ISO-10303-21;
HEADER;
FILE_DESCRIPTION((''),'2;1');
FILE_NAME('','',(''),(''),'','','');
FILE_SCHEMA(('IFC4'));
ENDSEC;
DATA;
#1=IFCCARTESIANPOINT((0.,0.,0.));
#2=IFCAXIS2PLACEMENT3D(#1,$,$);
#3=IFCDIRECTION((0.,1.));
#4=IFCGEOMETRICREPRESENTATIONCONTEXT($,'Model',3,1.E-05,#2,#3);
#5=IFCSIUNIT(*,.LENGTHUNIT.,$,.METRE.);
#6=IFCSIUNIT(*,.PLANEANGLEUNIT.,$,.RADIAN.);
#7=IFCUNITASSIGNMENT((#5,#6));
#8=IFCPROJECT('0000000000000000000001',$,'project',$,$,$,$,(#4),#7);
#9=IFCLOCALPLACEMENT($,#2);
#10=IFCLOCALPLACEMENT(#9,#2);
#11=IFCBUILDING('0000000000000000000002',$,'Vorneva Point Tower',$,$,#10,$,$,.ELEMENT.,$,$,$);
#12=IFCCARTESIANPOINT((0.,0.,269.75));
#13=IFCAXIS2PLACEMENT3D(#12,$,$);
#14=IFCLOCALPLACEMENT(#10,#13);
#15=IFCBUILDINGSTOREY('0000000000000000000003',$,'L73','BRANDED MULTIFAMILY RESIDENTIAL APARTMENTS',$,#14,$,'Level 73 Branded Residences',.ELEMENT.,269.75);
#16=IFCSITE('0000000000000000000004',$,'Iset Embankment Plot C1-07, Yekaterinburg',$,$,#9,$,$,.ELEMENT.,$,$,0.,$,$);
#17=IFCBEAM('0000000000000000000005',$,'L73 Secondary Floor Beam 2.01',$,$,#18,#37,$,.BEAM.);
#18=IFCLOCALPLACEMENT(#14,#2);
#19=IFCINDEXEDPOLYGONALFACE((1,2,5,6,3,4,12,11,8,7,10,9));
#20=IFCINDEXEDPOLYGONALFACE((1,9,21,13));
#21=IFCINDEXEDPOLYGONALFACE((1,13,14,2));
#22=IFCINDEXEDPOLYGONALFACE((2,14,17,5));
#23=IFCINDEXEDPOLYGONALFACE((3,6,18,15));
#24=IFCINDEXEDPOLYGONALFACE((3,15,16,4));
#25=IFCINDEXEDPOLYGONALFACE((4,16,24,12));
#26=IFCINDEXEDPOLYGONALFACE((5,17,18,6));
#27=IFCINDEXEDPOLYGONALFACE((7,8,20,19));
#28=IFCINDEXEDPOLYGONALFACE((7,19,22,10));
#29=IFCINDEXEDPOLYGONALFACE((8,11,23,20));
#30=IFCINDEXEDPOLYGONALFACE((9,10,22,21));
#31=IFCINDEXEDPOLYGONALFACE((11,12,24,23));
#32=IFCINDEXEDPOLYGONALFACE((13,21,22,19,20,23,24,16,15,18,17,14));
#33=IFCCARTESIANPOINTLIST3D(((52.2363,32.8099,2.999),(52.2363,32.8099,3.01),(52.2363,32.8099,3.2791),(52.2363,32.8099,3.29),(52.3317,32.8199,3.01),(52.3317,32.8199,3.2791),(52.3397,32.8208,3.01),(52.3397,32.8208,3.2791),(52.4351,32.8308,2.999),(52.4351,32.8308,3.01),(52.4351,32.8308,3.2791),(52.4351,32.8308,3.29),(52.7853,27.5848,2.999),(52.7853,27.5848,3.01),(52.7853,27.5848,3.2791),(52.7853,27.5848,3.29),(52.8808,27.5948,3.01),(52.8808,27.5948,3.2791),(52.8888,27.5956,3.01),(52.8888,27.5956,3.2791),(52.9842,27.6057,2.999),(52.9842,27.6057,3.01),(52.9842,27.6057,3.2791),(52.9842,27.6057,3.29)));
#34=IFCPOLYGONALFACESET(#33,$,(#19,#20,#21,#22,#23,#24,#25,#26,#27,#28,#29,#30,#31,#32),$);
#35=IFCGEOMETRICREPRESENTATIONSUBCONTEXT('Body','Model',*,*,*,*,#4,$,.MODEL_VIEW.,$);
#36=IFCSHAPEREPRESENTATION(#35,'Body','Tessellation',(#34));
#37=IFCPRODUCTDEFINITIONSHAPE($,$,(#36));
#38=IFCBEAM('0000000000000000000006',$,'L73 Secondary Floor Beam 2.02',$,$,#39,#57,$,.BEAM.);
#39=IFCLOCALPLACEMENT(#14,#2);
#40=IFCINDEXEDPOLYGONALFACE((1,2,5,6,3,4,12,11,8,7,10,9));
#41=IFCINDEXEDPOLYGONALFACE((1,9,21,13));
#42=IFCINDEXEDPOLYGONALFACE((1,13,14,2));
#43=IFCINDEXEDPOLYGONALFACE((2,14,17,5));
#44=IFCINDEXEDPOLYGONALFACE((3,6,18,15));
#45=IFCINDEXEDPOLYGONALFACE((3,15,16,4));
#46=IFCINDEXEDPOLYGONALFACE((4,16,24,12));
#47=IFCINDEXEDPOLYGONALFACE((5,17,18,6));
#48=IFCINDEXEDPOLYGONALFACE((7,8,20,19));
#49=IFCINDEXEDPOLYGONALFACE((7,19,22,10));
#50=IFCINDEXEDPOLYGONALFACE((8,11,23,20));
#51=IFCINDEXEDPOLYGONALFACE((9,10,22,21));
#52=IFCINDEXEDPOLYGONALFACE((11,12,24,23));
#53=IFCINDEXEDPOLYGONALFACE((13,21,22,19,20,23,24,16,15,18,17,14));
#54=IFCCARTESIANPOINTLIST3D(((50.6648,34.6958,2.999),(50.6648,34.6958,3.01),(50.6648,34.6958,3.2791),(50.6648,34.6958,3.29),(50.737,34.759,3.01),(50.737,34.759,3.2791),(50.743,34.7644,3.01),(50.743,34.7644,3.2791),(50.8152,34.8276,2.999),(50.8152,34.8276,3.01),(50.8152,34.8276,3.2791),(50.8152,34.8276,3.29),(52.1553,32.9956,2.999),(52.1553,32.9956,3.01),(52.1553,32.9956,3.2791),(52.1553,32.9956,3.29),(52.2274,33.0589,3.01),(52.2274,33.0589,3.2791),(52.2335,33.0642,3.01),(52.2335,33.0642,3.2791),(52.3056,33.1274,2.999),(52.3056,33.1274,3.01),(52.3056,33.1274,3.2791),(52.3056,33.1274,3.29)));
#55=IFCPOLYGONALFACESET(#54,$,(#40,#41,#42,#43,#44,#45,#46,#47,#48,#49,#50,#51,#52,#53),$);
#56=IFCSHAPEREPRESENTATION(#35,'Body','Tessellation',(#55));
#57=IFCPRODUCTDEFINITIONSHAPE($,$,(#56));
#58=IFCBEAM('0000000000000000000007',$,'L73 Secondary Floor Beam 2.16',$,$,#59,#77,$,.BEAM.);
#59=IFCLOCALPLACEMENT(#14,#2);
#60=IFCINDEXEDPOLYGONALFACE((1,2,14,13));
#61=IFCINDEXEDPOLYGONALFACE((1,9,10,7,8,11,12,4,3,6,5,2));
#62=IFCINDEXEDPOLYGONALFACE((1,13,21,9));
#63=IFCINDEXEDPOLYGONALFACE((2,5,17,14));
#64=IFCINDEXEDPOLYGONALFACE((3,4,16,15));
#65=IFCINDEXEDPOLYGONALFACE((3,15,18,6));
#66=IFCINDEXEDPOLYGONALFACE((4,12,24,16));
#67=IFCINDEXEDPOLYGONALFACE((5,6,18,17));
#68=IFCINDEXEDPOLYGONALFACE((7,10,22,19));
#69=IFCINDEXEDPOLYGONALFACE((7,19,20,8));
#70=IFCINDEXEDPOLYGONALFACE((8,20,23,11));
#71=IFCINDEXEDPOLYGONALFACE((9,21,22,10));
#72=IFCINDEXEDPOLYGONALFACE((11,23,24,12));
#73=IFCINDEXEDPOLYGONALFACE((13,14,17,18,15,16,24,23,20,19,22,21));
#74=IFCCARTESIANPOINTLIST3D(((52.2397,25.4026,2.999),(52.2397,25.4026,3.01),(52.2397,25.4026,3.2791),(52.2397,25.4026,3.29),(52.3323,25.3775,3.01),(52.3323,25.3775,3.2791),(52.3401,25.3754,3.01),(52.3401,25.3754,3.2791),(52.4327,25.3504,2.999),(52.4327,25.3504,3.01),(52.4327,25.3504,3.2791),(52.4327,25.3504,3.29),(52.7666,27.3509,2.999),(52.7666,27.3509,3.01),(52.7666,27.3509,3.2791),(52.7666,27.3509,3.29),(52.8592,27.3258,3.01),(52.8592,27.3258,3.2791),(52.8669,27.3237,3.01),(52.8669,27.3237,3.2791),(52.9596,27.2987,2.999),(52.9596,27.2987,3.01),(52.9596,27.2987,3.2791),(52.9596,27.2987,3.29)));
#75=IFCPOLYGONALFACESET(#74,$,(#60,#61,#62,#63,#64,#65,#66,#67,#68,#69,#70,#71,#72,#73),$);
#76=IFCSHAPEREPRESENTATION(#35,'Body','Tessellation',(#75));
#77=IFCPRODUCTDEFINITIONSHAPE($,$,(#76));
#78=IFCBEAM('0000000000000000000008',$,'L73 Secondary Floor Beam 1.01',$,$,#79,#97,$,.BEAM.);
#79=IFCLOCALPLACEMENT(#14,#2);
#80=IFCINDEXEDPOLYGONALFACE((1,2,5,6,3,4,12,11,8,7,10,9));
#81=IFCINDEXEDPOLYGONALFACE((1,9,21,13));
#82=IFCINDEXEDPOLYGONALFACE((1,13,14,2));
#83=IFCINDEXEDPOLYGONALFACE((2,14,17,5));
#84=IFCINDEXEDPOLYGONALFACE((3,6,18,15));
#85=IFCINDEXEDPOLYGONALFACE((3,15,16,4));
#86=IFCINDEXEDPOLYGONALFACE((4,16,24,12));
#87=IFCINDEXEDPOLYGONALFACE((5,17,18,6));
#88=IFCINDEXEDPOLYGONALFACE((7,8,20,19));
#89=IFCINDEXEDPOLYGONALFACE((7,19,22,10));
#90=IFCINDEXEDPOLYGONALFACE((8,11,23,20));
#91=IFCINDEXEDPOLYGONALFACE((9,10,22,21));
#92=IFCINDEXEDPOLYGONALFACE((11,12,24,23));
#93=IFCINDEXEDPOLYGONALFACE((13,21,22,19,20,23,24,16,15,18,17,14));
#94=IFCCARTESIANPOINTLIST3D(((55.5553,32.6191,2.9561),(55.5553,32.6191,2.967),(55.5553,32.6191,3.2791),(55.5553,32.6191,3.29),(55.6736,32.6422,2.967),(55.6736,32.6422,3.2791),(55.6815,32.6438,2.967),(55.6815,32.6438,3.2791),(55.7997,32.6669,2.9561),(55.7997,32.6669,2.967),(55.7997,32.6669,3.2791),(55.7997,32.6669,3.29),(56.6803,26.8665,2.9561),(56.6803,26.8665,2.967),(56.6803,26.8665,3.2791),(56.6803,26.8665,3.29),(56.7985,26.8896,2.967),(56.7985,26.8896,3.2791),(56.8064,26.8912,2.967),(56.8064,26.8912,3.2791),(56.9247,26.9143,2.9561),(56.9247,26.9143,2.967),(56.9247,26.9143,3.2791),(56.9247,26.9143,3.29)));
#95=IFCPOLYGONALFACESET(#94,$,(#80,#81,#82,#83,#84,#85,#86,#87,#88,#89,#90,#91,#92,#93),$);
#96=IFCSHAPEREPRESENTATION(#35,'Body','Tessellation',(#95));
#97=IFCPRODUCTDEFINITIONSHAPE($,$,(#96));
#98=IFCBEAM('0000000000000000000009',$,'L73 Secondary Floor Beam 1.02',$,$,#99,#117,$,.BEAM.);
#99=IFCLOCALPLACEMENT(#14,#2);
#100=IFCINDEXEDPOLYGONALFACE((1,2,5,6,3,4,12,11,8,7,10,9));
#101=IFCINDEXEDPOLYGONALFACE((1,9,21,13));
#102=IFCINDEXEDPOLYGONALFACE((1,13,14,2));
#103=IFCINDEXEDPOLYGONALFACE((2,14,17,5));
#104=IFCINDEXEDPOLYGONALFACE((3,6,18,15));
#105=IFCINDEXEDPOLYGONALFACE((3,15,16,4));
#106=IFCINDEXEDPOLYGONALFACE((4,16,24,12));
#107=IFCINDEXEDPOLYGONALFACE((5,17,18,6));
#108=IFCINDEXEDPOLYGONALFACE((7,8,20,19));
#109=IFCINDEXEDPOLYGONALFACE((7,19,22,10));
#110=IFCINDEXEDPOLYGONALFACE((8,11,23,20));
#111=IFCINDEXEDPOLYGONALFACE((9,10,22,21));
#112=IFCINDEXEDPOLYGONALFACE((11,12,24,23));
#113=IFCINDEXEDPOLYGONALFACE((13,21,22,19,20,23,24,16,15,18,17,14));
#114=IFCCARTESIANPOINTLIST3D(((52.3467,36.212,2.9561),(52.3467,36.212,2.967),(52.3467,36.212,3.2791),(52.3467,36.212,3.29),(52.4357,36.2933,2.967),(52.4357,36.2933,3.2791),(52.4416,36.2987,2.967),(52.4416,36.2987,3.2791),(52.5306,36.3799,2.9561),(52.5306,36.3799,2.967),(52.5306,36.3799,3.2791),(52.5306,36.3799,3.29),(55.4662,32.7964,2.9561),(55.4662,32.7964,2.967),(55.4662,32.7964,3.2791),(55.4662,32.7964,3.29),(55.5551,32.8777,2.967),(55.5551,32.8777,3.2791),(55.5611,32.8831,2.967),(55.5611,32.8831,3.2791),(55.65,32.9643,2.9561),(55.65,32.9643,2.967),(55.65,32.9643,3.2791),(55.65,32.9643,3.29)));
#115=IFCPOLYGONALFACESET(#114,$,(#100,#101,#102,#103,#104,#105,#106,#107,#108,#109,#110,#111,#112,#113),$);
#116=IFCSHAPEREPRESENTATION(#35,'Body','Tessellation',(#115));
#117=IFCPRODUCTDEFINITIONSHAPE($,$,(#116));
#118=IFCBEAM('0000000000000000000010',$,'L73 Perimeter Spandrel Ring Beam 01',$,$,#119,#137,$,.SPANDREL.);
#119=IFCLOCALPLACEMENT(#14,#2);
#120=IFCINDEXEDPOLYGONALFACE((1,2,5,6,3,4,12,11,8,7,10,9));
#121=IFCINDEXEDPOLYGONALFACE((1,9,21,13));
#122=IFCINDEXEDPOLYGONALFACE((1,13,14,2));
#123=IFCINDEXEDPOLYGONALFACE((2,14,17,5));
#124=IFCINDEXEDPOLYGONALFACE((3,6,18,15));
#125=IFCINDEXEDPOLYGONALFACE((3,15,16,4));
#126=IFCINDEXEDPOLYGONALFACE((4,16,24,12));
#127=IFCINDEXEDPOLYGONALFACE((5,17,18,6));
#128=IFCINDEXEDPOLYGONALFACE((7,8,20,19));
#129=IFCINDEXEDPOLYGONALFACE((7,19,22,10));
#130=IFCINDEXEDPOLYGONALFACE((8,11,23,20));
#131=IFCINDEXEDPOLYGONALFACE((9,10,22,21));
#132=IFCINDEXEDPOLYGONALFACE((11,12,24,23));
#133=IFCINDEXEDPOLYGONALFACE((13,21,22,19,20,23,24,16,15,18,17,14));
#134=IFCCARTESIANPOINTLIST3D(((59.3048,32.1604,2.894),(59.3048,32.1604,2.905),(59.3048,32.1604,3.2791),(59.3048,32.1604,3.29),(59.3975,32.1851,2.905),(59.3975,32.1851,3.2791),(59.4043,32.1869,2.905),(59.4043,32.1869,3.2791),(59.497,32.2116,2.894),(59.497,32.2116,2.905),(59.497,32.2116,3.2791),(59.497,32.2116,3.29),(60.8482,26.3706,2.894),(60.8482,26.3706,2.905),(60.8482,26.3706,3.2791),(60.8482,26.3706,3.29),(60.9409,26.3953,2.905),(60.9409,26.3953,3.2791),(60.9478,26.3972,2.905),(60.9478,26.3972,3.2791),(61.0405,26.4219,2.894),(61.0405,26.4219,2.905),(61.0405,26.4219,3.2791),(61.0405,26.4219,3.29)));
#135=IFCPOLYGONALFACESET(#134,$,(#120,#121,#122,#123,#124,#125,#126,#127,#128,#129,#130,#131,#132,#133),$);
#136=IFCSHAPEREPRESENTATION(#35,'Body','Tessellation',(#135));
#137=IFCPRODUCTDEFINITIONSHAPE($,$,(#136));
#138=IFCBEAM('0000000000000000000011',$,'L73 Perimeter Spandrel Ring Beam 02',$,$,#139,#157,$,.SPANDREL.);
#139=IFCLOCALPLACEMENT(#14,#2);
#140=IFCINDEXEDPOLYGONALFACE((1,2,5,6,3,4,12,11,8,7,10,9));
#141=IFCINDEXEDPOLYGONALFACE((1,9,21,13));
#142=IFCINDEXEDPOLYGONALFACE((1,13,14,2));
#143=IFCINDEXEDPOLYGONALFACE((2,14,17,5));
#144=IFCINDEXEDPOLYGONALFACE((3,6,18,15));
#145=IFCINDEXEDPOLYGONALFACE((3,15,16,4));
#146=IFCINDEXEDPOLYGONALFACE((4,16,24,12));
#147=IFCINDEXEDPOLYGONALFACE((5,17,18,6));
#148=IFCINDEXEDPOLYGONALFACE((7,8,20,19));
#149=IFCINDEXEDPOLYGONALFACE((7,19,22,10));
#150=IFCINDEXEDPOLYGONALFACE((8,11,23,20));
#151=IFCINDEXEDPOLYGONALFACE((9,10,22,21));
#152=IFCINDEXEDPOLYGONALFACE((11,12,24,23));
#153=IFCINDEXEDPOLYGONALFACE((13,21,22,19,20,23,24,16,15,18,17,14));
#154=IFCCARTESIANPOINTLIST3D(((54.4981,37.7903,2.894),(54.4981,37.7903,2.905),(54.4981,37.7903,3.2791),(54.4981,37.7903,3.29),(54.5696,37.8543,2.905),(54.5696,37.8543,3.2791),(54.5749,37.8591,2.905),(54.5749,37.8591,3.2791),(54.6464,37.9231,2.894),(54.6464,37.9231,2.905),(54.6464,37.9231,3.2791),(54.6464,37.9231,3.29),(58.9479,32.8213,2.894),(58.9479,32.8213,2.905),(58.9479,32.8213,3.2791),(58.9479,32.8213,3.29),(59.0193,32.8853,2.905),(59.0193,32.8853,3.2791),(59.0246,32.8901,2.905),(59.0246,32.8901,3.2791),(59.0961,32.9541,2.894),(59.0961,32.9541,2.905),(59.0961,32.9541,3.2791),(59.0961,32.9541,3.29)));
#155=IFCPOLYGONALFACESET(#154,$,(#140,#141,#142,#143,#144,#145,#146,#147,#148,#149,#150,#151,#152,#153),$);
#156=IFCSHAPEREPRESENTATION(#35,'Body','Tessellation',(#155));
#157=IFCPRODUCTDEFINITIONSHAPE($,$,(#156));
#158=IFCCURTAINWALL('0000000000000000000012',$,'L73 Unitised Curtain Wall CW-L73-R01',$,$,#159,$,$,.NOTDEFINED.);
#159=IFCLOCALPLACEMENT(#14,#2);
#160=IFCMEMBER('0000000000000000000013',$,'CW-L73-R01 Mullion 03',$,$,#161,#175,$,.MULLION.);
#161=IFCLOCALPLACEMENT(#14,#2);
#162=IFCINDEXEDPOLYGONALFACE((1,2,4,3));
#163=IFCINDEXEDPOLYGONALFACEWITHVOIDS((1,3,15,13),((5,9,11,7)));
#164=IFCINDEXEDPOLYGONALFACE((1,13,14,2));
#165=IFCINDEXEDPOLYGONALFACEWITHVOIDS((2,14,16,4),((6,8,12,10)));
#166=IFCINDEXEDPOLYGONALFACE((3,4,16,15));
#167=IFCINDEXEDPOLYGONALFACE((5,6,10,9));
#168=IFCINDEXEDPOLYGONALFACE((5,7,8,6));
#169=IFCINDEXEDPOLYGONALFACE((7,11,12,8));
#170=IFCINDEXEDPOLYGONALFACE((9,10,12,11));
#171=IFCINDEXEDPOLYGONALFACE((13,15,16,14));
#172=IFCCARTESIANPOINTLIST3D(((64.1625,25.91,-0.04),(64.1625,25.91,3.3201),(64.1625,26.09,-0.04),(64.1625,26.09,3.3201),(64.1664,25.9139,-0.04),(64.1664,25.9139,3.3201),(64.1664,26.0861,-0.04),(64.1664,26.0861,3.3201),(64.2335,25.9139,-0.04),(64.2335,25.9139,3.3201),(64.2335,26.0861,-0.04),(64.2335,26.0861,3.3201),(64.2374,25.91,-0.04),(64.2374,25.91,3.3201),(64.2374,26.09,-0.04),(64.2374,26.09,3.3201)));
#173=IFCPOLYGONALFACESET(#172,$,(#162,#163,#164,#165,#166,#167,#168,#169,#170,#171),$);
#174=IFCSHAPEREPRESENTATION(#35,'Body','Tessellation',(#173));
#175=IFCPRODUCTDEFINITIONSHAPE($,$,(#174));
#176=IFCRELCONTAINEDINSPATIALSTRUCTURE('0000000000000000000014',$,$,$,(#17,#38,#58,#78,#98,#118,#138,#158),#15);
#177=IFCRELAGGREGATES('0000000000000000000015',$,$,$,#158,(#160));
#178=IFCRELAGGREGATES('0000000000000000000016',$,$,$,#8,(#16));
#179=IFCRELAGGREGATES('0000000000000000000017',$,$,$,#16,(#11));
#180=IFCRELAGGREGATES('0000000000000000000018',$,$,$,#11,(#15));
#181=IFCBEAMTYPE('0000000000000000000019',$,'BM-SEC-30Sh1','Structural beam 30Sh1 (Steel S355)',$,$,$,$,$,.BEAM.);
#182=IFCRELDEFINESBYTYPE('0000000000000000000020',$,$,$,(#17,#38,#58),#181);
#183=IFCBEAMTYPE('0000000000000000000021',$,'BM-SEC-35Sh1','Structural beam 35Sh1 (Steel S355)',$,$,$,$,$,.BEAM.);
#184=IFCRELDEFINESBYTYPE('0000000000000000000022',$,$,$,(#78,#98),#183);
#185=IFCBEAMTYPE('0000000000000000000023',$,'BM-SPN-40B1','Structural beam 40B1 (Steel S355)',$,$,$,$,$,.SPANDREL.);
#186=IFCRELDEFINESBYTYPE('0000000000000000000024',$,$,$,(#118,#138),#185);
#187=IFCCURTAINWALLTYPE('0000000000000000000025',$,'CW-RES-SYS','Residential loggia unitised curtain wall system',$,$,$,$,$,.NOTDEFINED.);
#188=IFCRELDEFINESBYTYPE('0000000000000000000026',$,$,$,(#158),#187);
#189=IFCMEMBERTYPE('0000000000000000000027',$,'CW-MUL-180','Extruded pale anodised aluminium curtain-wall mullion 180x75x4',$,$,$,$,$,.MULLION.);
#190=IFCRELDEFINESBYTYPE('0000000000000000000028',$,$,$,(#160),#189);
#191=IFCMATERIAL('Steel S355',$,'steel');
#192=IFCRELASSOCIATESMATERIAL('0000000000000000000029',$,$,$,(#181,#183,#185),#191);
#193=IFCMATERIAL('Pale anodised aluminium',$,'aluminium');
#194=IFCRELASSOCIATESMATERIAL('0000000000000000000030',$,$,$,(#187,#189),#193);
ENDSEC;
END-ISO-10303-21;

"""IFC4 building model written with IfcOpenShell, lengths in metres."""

from ifc_helpers import new_model, si_unit, direction, frame, origin, origin_2d, place, context, subcontext, project, spatial, hollow_rectangle, i_section, extrude, material, material_profile, profile_set, type_object, element, aggregate, save


model = new_model("IFC4")

# Units and contexts
model_context = context("Model", 3, precision=1e-05, world=origin(), true_north=direction((0.0, 1.0)))
body_context = subcontext(model_context, "Body", "Model", "MODEL_VIEW")
ifc_project = project(units=[si_unit("LENGTHUNIT", "METRE"), si_unit("PLANEANGLEUNIT", "RADIAN")], contexts=[model_context])

# Site, building, storey
site_placement = place(None, origin())
site = spatial("IfcSite", under=ifc_project, at=site_placement, Name="Iset Embankment Plot C1-07, Yekaterinburg", CompositionType="ELEMENT", RefElevation=0.0)
building_placement = place(site_placement, origin())
building = spatial("IfcBuilding", under=site, at=building_placement, Name="Vorneva Point Tower", CompositionType="ELEMENT")
storey_placement = place(building_placement, frame((0.0, 0.0, 269.75)))
storey = spatial("IfcBuildingStorey", under=building, at=storey_placement, Name="L73", Description="BRANDED MULTIFAMILY RESIDENTIAL APARTMENTS", LongName="Level 73 Branded Residences", CompositionType="ELEMENT", Elevation=269.75)

# Beams
ifc_material_1 = material(Name="Steel S355", Category="steel")
ifc_material_profile_1 = material_profile(ifc_material_1, i_section(OverallWidth=0.2, OverallDepth=0.291, WebThickness=0.0081, FlangeThickness=0.011, at=origin_2d()), Name="30Sh1")
ifc_profile_set_1 = profile_set([ifc_material_profile_1], Name="Steel S355")
beam_type_1 = type_object("IfcBeamType", Name="BM-SEC-30Sh1", Description="Structural beam 30Sh1 (Steel S355)", PredefinedType="BEAM", material=ifc_profile_set_1)
beam_1_placement = place(storey_placement, frame((52.8848, 27.5952, 3.1445), z_axis=(-0.104508, 0.994524, 0.0), x_axis=(-0.994524, -0.104508, 0.0)))
element("IfcBeam", 1, at=beam_1_placement, inside=storey, type_object=beam_type_1, Name="L73 Secondary Floor Beam 2.01", PredefinedType="BEAM", context=body_context, shape_type="SweptSolid", body=[
    extrude(i_section(OverallWidth=0.2, OverallDepth=0.291, WebThickness=0.0081, FlangeThickness=0.011, at=origin_2d()), origin(), (0.0, 0.0, 1.0), 5.2539),
])
beam_2_placement = place(storey_placement, frame((52.2305, 33.0615, 3.1445), z_axis=(-0.659208, 0.751961, 0.0), x_axis=(-0.751961, -0.659208, 0.0)))
element("IfcBeam", 2, at=beam_2_placement, inside=storey, type_object=beam_type_1, Name="L73 Secondary Floor Beam 2.02", PredefinedType="BEAM", context=body_context, shape_type="SweptSolid", body=[
    extrude(i_section(OverallWidth=0.2, OverallDepth=0.291, WebThickness=0.0081, FlangeThickness=0.011, at=origin_2d()), origin(), (0.0, 0.0, 1.0), 2.261),
])
beam_3_placement = place(storey_placement, frame((52.3362, 25.3765, 3.1445), z_axis=(0.261049, 0.965326, 0.0), x_axis=(-0.965326, 0.261049, 0.0)))
element("IfcBeam", 3, at=beam_3_placement, inside=storey, type_object=beam_type_1, Name="L73 Secondary Floor Beam 2.16", PredefinedType="BEAM", context=body_context, shape_type="SweptSolid", body=[
    extrude(i_section(OverallWidth=0.2, OverallDepth=0.291, WebThickness=0.0081, FlangeThickness=0.011, at=origin_2d()), origin(), (0.0, 0.0, 1.0), 2.0183),
])
ifc_material_profile_2 = material_profile(ifc_material_1, i_section(OverallWidth=0.249, OverallDepth=0.334, WebThickness=0.0081, FlangeThickness=0.011, at=origin_2d()), Name="35Sh1")
ifc_profile_set_2 = profile_set([ifc_material_profile_2], Name="Steel S355")
beam_type_2 = type_object("IfcBeamType", Name="BM-SEC-35Sh1", Description="Structural beam 35Sh1 (Steel S355)", PredefinedType="BEAM", material=ifc_profile_set_2)
beam_4_placement = place(storey_placement, frame((56.8025, 26.8904, 3.123), z_axis=(-0.191925, 0.98141, 0.0), x_axis=(-0.98141, -0.191925, 0.0)))
element("IfcBeam", 4, at=beam_4_placement, inside=storey, type_object=beam_type_2, Name="L73 Secondary Floor Beam 1.01", PredefinedType="BEAM", context=body_context, shape_type="SweptSolid", body=[
    extrude(i_section(OverallWidth=0.249, OverallDepth=0.334, WebThickness=0.0081, FlangeThickness=0.011, at=origin_2d()), origin(), (0.0, 0.0, 1.0), 5.8616),
])
beam_5_placement = place(storey_placement, frame((55.5581, 32.8804, 3.123), z_axis=(-0.674371, 0.738393, 0.0), x_axis=(-0.738393, -0.674371, 0.0)))
element("IfcBeam", 5, at=beam_5_placement, inside=storey, type_object=beam_type_2, Name="L73 Secondary Floor Beam 1.02", PredefinedType="BEAM", context=body_context, shape_type="SweptSolid", body=[
    extrude(i_section(OverallWidth=0.249, OverallDepth=0.334, WebThickness=0.0081, FlangeThickness=0.011, at=origin_2d()), origin(), (0.0, 0.0, 1.0), 4.6257),
])
ifc_material_profile_3 = material_profile(ifc_material_1, i_section(OverallWidth=0.199, OverallDepth=0.396, WebThickness=0.0071, FlangeThickness=0.011, at=origin_2d()), Name="40B1")
ifc_profile_set_3 = profile_set([ifc_material_profile_3], Name="Steel S355")
beam_type_3 = type_object("IfcBeamType", Name="BM-SPN-40B1", Description="Structural beam 40B1 (Steel S355)", PredefinedType="SPANDREL", material=ifc_profile_set_3)
beam_6_placement = place(storey_placement, frame((60.9443, 26.3962, 3.092), z_axis=(-0.257587, 0.966255, 0.0), x_axis=(-0.966255, -0.257587, 0.0)))
element("IfcBeam", 6, at=beam_6_placement, inside=storey, type_object=beam_type_3, Name="L73 Perimeter Spandrel Ring Beam 01", PredefinedType="SPANDREL", context=body_context, shape_type="SweptSolid", body=[
    extrude(i_section(OverallWidth=0.199, OverallDepth=0.396, WebThickness=0.0071, FlangeThickness=0.011, at=origin_2d()), origin(), (0.0, 0.0, 1.0), 5.9919),
])
beam_7_placement = place(storey_placement, frame((59.022, 32.8877, 3.092), z_axis=(-0.667108, 0.744961, 0.0), x_axis=(-0.744961, -0.667108, 0.0)))
element("IfcBeam", 7, at=beam_7_placement, inside=storey, type_object=beam_type_3, Name="L73 Perimeter Spandrel Ring Beam 02", PredefinedType="SPANDREL", context=body_context, shape_type="SweptSolid", body=[
    extrude(i_section(OverallWidth=0.199, OverallDepth=0.396, WebThickness=0.0071, FlangeThickness=0.011, at=origin_2d()), origin(), (0.0, 0.0, 1.0), 6.6702),
])

# Curtain wall, member
ifc_material_2 = material(Name="Pale anodised aluminium", Category="aluminium")
curtain_wall_type = type_object("IfcCurtainWallType", Name="CW-RES-SYS", Description="Residential loggia unitised curtain wall system", PredefinedType="NOTDEFINED", material=ifc_material_2)
curtain_wall_placement = place(storey_placement, origin())
curtain_wall = element("IfcCurtainWall", 8, at=curtain_wall_placement, inside=storey, type_object=curtain_wall_type, Name="L73 Unitised Curtain Wall CW-L73-R01", PredefinedType="NOTDEFINED")
ifc_material_profile_4 = material_profile(ifc_material_2, hollow_rectangle(XDim=0.075, YDim=0.1799, WallThickness=0.0039, at=origin_2d()), Name="AL-MUL 180x75x4")
ifc_profile_set_4 = profile_set([ifc_material_profile_4], Name="Pale anodised aluminium")
member_type_1 = type_object("IfcMemberType", Name="CW-MUL-180", Description="Extruded pale anodised aluminium curtain-wall mullion 180x75x4", PredefinedType="MULLION", material=ifc_profile_set_4)
member_1_placement = place(storey_placement, frame((64.2, 26.0, -0.04), z_axis=(0.0, 0.0, 1.0), x_axis=(1.0, 0.0, 0.0)))
member_1 = element("IfcMember", 9, at=member_1_placement, type_object=member_type_1, Name="CW-L73-R01 Mullion 03", PredefinedType="MULLION", context=body_context, shape_type="SweptSolid", body=[
    extrude(hollow_rectangle(XDim=0.075, YDim=0.1799, WallThickness=0.0039, at=origin_2d()), origin(), (0.0, 0.0, 1.0), 3.3601),
])
aggregate(curtain_wall, [member_1])

save(model, "model.ifc")
